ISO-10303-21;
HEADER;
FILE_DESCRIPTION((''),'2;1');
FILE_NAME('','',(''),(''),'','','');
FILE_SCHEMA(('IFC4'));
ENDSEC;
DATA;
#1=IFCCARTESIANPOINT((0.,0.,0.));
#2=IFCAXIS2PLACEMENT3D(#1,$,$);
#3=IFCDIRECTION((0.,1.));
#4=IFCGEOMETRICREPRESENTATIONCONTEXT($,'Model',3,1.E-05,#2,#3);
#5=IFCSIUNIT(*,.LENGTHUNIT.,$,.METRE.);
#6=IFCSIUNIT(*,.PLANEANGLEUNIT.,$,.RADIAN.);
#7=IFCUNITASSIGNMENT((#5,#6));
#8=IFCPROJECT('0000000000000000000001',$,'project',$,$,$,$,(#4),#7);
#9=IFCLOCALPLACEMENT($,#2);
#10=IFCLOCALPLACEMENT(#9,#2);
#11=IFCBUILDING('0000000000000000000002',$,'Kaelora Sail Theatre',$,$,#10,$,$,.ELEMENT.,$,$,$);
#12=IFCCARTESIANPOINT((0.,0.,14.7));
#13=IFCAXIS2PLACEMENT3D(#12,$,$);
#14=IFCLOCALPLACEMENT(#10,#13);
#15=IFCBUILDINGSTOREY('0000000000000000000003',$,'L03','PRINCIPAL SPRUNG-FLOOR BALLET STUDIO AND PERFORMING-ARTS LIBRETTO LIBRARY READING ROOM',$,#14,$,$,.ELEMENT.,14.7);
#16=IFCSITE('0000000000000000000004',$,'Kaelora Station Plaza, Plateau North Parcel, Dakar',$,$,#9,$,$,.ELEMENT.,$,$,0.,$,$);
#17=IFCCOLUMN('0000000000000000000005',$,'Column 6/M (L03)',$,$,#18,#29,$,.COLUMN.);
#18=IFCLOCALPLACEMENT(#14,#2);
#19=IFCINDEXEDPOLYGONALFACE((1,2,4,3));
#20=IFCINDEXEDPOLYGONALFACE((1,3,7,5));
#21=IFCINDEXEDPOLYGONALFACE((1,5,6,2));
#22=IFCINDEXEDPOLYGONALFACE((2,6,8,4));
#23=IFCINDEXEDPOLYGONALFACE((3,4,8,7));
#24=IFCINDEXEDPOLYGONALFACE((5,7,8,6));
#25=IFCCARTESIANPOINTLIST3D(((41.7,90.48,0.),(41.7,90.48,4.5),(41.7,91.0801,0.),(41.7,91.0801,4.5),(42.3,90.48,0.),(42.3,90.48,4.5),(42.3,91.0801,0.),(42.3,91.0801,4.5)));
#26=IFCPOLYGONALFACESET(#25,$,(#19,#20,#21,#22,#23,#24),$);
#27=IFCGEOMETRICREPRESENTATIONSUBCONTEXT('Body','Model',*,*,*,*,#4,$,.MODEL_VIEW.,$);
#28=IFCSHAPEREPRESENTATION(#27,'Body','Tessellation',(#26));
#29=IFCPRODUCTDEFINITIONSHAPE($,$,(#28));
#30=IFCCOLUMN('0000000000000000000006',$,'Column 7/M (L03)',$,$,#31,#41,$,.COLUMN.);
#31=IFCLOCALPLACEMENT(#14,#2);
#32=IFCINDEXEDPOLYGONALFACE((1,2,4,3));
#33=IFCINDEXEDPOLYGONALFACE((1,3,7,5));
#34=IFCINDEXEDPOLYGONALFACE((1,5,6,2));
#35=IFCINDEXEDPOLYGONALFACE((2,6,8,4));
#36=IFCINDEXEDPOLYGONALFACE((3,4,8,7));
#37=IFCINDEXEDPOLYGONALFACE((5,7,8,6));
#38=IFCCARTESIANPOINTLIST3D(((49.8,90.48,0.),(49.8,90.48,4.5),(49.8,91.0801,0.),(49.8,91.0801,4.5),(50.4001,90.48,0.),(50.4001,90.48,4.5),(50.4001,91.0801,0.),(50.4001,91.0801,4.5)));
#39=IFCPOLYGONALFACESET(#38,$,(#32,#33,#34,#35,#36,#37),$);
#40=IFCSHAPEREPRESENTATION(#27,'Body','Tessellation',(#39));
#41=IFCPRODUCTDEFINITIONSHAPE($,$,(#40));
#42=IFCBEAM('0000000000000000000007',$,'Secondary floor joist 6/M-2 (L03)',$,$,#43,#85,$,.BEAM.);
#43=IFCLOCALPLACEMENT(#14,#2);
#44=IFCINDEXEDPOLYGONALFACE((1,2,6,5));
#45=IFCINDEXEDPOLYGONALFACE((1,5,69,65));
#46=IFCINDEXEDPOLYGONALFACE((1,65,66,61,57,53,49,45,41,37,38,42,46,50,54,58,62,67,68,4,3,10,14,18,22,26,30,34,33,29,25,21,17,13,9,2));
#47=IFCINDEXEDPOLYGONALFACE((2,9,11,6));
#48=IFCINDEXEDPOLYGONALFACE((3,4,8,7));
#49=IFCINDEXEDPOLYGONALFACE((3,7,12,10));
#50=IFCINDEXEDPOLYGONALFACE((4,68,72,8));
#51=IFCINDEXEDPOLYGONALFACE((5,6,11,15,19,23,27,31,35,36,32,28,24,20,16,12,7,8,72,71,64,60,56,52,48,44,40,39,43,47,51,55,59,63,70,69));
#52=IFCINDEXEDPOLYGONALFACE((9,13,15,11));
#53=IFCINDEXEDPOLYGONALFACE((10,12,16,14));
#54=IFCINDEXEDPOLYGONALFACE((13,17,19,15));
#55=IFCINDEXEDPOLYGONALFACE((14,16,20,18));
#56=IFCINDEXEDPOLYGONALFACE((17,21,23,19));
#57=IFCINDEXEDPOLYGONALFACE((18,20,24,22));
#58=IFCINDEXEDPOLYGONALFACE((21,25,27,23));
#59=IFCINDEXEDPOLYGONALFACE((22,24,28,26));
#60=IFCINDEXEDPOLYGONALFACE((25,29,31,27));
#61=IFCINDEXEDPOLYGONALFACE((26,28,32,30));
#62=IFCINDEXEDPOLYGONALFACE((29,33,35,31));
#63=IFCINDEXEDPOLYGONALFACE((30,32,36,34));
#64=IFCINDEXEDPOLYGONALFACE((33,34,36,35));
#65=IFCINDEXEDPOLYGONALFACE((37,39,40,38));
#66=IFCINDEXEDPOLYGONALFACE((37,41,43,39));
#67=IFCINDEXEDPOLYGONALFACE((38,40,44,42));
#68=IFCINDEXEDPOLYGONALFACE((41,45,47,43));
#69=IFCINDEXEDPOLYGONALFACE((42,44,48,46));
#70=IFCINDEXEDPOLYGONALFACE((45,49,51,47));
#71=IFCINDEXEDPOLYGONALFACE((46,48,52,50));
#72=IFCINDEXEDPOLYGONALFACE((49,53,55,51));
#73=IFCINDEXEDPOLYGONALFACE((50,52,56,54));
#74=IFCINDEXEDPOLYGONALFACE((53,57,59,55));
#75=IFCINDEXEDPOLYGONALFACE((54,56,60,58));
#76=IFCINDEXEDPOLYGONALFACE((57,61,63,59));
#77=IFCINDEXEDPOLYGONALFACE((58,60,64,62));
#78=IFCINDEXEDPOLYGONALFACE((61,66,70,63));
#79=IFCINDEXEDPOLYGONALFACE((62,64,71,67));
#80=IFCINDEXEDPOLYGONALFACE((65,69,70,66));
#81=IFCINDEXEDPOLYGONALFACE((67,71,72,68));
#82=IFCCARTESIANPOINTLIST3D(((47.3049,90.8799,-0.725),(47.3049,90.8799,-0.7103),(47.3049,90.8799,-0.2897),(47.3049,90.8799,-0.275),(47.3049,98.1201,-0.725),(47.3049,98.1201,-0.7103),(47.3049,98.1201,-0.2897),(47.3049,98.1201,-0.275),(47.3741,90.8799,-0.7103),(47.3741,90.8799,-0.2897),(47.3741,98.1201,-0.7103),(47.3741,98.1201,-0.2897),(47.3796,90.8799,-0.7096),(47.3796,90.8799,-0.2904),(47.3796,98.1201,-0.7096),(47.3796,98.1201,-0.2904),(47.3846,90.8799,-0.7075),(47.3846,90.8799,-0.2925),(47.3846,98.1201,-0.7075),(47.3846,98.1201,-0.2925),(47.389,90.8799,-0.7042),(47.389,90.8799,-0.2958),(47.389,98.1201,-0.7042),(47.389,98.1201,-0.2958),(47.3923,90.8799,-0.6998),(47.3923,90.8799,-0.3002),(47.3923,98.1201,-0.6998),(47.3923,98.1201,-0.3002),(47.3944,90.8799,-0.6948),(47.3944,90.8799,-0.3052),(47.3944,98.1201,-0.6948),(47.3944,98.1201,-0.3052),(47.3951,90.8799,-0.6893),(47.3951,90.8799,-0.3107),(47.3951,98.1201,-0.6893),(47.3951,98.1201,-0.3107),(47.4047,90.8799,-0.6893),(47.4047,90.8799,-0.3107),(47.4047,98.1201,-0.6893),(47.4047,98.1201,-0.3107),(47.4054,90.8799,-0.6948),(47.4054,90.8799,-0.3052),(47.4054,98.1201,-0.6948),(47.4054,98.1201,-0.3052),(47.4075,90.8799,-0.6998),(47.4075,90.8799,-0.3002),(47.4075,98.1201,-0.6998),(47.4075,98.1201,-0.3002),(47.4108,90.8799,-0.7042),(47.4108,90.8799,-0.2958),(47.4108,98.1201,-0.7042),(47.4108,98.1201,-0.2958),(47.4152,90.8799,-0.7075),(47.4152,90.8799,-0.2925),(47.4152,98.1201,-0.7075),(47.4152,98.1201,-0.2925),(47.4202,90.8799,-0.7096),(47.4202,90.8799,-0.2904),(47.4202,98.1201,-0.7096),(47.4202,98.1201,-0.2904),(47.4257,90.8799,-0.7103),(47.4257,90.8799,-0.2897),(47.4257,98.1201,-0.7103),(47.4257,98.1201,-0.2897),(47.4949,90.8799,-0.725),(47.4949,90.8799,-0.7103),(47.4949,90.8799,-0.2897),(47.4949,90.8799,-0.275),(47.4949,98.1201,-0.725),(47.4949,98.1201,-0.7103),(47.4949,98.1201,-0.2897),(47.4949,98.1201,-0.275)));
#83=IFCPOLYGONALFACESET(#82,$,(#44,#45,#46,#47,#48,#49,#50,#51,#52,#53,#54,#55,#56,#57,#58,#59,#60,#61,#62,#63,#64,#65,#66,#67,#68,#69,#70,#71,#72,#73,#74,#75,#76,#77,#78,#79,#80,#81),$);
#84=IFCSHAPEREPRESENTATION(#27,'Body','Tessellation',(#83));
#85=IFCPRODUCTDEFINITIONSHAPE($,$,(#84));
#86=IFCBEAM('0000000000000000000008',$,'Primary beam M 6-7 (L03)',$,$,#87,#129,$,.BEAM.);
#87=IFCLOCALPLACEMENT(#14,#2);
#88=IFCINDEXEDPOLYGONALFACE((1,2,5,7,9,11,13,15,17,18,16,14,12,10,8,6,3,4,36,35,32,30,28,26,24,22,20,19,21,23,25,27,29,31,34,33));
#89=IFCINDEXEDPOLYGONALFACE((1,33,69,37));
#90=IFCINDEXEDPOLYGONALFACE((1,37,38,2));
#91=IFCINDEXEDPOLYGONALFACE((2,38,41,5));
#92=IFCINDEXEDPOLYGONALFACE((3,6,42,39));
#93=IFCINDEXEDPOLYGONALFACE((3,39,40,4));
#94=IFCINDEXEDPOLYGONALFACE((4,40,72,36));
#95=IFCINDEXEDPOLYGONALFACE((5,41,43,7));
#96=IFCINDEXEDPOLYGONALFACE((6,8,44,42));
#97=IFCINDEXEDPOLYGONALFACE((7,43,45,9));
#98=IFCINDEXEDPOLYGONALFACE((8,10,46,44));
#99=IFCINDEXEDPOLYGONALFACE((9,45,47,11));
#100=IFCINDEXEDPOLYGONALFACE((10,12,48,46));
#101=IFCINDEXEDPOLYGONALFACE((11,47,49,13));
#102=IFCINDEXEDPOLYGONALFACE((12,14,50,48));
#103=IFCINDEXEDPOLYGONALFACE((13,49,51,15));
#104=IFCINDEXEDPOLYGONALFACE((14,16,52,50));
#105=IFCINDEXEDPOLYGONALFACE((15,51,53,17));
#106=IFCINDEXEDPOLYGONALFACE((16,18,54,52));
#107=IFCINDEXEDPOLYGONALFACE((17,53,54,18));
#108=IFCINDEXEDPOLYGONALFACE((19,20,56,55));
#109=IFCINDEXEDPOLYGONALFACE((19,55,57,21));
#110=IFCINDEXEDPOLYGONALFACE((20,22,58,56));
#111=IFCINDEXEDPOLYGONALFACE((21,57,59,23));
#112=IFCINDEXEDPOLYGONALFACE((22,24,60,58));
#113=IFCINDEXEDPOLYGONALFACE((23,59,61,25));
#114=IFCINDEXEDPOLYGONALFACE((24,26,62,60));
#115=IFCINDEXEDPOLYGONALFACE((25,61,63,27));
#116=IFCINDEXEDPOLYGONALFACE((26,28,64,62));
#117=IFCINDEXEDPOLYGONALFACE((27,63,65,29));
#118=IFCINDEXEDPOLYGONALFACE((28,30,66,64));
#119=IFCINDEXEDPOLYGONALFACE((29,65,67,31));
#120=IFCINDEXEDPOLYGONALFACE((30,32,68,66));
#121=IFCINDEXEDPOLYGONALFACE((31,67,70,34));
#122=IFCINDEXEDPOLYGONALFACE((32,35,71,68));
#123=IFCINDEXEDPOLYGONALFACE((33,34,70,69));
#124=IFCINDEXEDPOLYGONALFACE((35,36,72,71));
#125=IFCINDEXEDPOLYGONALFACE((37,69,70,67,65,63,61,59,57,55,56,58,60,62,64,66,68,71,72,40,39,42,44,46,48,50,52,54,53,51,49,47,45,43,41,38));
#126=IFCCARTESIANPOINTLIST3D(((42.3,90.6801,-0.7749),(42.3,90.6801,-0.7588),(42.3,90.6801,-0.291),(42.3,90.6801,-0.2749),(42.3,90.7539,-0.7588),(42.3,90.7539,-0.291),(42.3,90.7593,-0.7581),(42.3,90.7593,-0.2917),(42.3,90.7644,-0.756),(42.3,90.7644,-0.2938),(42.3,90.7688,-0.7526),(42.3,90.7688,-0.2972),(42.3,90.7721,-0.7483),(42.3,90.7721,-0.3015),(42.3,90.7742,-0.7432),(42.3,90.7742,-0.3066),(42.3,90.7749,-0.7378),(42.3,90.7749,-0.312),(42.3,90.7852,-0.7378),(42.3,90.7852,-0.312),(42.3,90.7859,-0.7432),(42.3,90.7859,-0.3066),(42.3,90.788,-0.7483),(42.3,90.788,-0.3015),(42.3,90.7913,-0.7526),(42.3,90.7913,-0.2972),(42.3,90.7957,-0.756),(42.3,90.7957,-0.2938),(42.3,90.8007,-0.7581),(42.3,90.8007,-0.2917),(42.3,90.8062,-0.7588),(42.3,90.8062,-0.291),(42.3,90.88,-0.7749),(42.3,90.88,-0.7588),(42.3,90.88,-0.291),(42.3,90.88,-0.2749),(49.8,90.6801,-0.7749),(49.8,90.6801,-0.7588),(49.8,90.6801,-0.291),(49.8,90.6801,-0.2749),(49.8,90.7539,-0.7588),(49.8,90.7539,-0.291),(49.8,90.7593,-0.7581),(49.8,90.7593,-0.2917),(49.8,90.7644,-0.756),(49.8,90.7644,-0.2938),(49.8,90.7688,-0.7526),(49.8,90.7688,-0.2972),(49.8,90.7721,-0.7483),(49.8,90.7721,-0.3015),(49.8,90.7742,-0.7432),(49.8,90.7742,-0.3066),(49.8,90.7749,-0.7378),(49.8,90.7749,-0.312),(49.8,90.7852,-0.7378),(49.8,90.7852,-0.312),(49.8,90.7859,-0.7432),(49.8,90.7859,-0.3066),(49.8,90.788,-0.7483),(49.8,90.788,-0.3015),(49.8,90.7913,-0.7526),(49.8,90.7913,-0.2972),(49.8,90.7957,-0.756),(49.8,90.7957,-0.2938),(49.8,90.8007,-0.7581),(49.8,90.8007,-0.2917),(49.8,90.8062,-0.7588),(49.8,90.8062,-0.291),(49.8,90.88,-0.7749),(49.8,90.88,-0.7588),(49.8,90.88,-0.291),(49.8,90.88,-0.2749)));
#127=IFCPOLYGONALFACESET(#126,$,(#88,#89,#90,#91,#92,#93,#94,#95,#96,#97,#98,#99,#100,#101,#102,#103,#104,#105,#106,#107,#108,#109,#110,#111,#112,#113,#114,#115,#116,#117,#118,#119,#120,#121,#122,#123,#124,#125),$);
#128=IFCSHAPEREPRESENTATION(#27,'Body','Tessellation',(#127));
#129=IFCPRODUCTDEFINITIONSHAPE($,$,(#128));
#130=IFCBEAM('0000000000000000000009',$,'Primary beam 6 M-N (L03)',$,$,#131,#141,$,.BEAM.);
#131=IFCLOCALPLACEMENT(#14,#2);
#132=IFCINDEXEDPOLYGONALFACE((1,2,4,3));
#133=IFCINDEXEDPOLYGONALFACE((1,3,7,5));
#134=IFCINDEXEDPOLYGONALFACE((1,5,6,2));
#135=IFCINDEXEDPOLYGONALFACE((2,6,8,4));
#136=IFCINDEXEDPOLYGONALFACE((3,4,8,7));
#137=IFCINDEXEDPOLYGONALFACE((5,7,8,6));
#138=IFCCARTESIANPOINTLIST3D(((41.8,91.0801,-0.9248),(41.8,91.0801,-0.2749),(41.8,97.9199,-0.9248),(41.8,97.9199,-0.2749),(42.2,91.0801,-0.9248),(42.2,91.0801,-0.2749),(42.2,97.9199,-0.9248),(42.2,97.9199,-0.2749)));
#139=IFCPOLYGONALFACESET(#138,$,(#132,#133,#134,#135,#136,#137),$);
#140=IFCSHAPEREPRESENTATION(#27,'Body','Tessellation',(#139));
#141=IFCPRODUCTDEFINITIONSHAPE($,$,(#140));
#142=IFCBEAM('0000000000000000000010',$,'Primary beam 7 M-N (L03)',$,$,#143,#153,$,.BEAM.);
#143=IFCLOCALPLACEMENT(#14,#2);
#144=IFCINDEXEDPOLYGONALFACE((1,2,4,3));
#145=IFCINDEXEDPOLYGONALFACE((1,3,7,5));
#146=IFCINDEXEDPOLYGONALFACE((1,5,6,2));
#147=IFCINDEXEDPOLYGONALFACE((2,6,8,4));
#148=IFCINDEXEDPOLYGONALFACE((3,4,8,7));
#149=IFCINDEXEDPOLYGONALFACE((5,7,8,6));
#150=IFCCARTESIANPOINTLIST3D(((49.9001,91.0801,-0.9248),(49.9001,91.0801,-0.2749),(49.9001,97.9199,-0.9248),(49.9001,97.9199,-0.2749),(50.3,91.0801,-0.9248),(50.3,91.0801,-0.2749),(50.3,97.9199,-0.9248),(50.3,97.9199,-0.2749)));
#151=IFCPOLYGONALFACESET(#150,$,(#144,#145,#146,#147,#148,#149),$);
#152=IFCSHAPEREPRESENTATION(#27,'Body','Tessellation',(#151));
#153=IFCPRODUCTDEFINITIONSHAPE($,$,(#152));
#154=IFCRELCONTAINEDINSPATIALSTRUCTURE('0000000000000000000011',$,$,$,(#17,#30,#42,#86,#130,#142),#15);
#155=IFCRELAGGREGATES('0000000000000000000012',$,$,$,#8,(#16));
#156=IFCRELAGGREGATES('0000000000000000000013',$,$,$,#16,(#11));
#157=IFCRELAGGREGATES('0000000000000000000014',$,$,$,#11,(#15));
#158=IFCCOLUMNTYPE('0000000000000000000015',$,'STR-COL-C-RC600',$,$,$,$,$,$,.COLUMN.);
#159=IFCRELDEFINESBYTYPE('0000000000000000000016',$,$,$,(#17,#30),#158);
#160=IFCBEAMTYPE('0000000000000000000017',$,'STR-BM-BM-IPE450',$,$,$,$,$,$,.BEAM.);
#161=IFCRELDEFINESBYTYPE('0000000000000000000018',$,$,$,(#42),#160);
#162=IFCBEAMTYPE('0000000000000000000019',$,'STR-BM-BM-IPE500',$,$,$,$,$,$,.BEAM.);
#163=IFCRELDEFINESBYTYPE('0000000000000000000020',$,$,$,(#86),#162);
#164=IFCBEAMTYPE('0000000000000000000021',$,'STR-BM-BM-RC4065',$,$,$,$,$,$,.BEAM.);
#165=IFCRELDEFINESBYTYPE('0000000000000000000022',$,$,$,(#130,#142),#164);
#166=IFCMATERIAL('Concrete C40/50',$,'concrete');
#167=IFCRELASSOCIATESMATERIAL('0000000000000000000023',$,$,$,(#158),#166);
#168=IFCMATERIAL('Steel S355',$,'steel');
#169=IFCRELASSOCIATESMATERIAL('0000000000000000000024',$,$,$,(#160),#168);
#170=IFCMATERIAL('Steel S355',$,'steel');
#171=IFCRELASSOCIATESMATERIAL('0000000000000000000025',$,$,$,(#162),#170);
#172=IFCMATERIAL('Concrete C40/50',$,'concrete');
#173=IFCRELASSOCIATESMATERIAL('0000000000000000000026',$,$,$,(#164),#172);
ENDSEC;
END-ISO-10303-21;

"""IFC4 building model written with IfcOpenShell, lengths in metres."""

from ifc_helpers import new_model, si_unit, direction, frame, origin, origin_2d, place, context, subcontext, project, spatial, rectangle, i_section, extrude, material, material_profile, profile_set, type_object, element, save


model = new_model("IFC4")

# Units and contexts
model_context = context("Model", 3, precision=1e-05, world=origin(), true_north=direction((0.0, 1.0)))
body_context = subcontext(model_context, "Body", "Model", "MODEL_VIEW")
ifc_project = project(units=[si_unit("LENGTHUNIT", "METRE"), si_unit("PLANEANGLEUNIT", "RADIAN")], contexts=[model_context])

# Site, building, storey
site_placement = place(None, origin())
site = spatial("IfcSite", under=ifc_project, at=site_placement, Name="Kaelora Station Plaza, Plateau North Parcel, Dakar", CompositionType="ELEMENT", RefElevation=0.0)
building_placement = place(site_placement, origin())
building = spatial("IfcBuilding", under=site, at=building_placement, Name="Kaelora Sail Theatre", CompositionType="ELEMENT")
storey_placement = place(building_placement, frame((0.0, 0.0, 14.7)))
storey = spatial("IfcBuildingStorey", under=building, at=storey_placement, Name="L03", Description="PRINCIPAL SPRUNG-FLOOR BALLET STUDIO AND PERFORMING-ARTS LIBRETTO LIBRARY READING ROOM", CompositionType="ELEMENT", Elevation=14.7)

# Columns
ifc_material_1 = material(Name="Concrete C40/50", Category="concrete")
ifc_material_profile_1 = material_profile(ifc_material_1, rectangle(XDim=0.6001, YDim=0.6001, at=origin_2d()), Name="RC-COL 600x600")
ifc_profile_set_1 = profile_set([ifc_material_profile_1], Name="Concrete C40/50")
column_type = type_object("IfcColumnType", Name="STR-COL-C-RC600", PredefinedType="COLUMN", material=ifc_profile_set_1)
for number, where, z_axis, x_axis, name in (
    (1, (42.0, 90.78, 0.0), (0.0, 0.0, 1.0), (1.0, 0.0, 0.0), "Column 6/M (L03)"),
    (2, (50.1001, 90.78, 0.0), (0.0, 0.0, 1.0), (1.0, 0.0, 0.0), "Column 7/M (L03)"),
):
    element("IfcColumn", number, at=place(storey_placement, frame(where, z_axis=z_axis, x_axis=x_axis)), inside=storey, type_object=column_type, Name=name, PredefinedType="COLUMN", context=body_context, shape_type="SweptSolid", body=[
        extrude(rectangle(XDim=0.6001, YDim=0.6001, at=origin_2d()), origin(), (0.0, 0.0, 1.0), 4.5),
    ])

# Beams
ifc_material_2 = material(Name="Steel S355", Category="steel")
ifc_material_profile_2 = material_profile(ifc_material_2, i_section(OverallWidth=0.1899, OverallDepth=0.45, WebThickness=0.0095, FlangeThickness=0.0146, FilletRadius=0.021, at=origin_2d()), Name="IPE 450")
ifc_profile_set_2 = profile_set([ifc_material_profile_2], Name="Steel S355")
beam_type_1 = type_object("IfcBeamType", Name="STR-BM-BM-IPE450", PredefinedType="BEAM", material=ifc_profile_set_2)
beam_1_placement = place(storey_placement, frame((47.3999, 90.8799, -0.5), z_axis=(0.0, 1.0, 0.0), x_axis=(-1.0, 0.0, 0.0)))
element("IfcBeam", 3, at=beam_1_placement, inside=storey, type_object=beam_type_1, Name="Secondary floor joist 6/M-2 (L03)", PredefinedType="BEAM", context=body_context, shape_type="SweptSolid", body=[
    extrude(i_section(OverallWidth=0.1899, OverallDepth=0.45, WebThickness=0.0095, FlangeThickness=0.0146, FilletRadius=0.021, at=origin_2d()), origin(), (0.0, 0.0, 1.0), 7.2402),
])
ifc_material_3 = material(Name="Steel S355", Category="steel")
ifc_material_profile_3 = material_profile(ifc_material_3, i_section(OverallWidth=0.2, OverallDepth=0.5, WebThickness=0.0103, FlangeThickness=0.0161, FilletRadius=0.021, at=origin_2d()), Name="IPE 500")
ifc_profile_set_3 = profile_set([ifc_material_profile_3], Name="Steel S355")
beam_type_2 = type_object("IfcBeamType", Name="STR-BM-BM-IPE500", PredefinedType="BEAM", material=ifc_profile_set_3)
beam_2_placement = place(storey_placement, frame((42.3, 90.78, -0.5249), z_axis=(1.0, 0.0, 0.0), x_axis=(0.0, 1.0, 0.0)))
element("IfcBeam", 4, at=beam_2_placement, inside=storey, type_object=beam_type_2, Name="Primary beam M 6-7 (L03)", PredefinedType="BEAM", context=body_context, shape_type="SweptSolid", body=[
    extrude(i_section(OverallWidth=0.2, OverallDepth=0.5, WebThickness=0.0103, FlangeThickness=0.0161, FilletRadius=0.021, at=origin_2d()), origin(), (0.0, 0.0, 1.0), 7.5),
])
ifc_material_4 = material(Name="Concrete C40/50", Category="concrete")
ifc_material_profile_4 = material_profile(ifc_material_4, rectangle(XDim=0.3999, YDim=0.6499, at=origin_2d()), Name="RC-BM 400x650")
ifc_profile_set_4 = profile_set([ifc_material_profile_4], Name="Concrete C40/50")
beam_type_3 = type_object("IfcBeamType", Name="STR-BM-BM-RC4065", PredefinedType="BEAM", material=ifc_profile_set_4)
for number, where, z_axis, x_axis, name in (
    (5, (42.0, 91.0801, -0.5999), (0.0, 1.0, 0.0), (-1.0, 0.0, 0.0), "Primary beam 6 M-N (L03)"),
    (6, (50.1001, 91.0801, -0.5999), (0.0, 1.0, 0.0), (-1.0, 0.0, 0.0), "Primary beam 7 M-N (L03)"),
):
    element("IfcBeam", number, at=place(storey_placement, frame(where, z_axis=z_axis, x_axis=x_axis)), inside=storey, type_object=beam_type_3, Name=name, PredefinedType="BEAM", context=body_context, shape_type="SweptSolid", body=[
        extrude(rectangle(XDim=0.3999, YDim=0.6499, at=origin_2d()), origin(), (0.0, 0.0, 1.0), 6.8398),
    ])

save(model, "model.ifc")
